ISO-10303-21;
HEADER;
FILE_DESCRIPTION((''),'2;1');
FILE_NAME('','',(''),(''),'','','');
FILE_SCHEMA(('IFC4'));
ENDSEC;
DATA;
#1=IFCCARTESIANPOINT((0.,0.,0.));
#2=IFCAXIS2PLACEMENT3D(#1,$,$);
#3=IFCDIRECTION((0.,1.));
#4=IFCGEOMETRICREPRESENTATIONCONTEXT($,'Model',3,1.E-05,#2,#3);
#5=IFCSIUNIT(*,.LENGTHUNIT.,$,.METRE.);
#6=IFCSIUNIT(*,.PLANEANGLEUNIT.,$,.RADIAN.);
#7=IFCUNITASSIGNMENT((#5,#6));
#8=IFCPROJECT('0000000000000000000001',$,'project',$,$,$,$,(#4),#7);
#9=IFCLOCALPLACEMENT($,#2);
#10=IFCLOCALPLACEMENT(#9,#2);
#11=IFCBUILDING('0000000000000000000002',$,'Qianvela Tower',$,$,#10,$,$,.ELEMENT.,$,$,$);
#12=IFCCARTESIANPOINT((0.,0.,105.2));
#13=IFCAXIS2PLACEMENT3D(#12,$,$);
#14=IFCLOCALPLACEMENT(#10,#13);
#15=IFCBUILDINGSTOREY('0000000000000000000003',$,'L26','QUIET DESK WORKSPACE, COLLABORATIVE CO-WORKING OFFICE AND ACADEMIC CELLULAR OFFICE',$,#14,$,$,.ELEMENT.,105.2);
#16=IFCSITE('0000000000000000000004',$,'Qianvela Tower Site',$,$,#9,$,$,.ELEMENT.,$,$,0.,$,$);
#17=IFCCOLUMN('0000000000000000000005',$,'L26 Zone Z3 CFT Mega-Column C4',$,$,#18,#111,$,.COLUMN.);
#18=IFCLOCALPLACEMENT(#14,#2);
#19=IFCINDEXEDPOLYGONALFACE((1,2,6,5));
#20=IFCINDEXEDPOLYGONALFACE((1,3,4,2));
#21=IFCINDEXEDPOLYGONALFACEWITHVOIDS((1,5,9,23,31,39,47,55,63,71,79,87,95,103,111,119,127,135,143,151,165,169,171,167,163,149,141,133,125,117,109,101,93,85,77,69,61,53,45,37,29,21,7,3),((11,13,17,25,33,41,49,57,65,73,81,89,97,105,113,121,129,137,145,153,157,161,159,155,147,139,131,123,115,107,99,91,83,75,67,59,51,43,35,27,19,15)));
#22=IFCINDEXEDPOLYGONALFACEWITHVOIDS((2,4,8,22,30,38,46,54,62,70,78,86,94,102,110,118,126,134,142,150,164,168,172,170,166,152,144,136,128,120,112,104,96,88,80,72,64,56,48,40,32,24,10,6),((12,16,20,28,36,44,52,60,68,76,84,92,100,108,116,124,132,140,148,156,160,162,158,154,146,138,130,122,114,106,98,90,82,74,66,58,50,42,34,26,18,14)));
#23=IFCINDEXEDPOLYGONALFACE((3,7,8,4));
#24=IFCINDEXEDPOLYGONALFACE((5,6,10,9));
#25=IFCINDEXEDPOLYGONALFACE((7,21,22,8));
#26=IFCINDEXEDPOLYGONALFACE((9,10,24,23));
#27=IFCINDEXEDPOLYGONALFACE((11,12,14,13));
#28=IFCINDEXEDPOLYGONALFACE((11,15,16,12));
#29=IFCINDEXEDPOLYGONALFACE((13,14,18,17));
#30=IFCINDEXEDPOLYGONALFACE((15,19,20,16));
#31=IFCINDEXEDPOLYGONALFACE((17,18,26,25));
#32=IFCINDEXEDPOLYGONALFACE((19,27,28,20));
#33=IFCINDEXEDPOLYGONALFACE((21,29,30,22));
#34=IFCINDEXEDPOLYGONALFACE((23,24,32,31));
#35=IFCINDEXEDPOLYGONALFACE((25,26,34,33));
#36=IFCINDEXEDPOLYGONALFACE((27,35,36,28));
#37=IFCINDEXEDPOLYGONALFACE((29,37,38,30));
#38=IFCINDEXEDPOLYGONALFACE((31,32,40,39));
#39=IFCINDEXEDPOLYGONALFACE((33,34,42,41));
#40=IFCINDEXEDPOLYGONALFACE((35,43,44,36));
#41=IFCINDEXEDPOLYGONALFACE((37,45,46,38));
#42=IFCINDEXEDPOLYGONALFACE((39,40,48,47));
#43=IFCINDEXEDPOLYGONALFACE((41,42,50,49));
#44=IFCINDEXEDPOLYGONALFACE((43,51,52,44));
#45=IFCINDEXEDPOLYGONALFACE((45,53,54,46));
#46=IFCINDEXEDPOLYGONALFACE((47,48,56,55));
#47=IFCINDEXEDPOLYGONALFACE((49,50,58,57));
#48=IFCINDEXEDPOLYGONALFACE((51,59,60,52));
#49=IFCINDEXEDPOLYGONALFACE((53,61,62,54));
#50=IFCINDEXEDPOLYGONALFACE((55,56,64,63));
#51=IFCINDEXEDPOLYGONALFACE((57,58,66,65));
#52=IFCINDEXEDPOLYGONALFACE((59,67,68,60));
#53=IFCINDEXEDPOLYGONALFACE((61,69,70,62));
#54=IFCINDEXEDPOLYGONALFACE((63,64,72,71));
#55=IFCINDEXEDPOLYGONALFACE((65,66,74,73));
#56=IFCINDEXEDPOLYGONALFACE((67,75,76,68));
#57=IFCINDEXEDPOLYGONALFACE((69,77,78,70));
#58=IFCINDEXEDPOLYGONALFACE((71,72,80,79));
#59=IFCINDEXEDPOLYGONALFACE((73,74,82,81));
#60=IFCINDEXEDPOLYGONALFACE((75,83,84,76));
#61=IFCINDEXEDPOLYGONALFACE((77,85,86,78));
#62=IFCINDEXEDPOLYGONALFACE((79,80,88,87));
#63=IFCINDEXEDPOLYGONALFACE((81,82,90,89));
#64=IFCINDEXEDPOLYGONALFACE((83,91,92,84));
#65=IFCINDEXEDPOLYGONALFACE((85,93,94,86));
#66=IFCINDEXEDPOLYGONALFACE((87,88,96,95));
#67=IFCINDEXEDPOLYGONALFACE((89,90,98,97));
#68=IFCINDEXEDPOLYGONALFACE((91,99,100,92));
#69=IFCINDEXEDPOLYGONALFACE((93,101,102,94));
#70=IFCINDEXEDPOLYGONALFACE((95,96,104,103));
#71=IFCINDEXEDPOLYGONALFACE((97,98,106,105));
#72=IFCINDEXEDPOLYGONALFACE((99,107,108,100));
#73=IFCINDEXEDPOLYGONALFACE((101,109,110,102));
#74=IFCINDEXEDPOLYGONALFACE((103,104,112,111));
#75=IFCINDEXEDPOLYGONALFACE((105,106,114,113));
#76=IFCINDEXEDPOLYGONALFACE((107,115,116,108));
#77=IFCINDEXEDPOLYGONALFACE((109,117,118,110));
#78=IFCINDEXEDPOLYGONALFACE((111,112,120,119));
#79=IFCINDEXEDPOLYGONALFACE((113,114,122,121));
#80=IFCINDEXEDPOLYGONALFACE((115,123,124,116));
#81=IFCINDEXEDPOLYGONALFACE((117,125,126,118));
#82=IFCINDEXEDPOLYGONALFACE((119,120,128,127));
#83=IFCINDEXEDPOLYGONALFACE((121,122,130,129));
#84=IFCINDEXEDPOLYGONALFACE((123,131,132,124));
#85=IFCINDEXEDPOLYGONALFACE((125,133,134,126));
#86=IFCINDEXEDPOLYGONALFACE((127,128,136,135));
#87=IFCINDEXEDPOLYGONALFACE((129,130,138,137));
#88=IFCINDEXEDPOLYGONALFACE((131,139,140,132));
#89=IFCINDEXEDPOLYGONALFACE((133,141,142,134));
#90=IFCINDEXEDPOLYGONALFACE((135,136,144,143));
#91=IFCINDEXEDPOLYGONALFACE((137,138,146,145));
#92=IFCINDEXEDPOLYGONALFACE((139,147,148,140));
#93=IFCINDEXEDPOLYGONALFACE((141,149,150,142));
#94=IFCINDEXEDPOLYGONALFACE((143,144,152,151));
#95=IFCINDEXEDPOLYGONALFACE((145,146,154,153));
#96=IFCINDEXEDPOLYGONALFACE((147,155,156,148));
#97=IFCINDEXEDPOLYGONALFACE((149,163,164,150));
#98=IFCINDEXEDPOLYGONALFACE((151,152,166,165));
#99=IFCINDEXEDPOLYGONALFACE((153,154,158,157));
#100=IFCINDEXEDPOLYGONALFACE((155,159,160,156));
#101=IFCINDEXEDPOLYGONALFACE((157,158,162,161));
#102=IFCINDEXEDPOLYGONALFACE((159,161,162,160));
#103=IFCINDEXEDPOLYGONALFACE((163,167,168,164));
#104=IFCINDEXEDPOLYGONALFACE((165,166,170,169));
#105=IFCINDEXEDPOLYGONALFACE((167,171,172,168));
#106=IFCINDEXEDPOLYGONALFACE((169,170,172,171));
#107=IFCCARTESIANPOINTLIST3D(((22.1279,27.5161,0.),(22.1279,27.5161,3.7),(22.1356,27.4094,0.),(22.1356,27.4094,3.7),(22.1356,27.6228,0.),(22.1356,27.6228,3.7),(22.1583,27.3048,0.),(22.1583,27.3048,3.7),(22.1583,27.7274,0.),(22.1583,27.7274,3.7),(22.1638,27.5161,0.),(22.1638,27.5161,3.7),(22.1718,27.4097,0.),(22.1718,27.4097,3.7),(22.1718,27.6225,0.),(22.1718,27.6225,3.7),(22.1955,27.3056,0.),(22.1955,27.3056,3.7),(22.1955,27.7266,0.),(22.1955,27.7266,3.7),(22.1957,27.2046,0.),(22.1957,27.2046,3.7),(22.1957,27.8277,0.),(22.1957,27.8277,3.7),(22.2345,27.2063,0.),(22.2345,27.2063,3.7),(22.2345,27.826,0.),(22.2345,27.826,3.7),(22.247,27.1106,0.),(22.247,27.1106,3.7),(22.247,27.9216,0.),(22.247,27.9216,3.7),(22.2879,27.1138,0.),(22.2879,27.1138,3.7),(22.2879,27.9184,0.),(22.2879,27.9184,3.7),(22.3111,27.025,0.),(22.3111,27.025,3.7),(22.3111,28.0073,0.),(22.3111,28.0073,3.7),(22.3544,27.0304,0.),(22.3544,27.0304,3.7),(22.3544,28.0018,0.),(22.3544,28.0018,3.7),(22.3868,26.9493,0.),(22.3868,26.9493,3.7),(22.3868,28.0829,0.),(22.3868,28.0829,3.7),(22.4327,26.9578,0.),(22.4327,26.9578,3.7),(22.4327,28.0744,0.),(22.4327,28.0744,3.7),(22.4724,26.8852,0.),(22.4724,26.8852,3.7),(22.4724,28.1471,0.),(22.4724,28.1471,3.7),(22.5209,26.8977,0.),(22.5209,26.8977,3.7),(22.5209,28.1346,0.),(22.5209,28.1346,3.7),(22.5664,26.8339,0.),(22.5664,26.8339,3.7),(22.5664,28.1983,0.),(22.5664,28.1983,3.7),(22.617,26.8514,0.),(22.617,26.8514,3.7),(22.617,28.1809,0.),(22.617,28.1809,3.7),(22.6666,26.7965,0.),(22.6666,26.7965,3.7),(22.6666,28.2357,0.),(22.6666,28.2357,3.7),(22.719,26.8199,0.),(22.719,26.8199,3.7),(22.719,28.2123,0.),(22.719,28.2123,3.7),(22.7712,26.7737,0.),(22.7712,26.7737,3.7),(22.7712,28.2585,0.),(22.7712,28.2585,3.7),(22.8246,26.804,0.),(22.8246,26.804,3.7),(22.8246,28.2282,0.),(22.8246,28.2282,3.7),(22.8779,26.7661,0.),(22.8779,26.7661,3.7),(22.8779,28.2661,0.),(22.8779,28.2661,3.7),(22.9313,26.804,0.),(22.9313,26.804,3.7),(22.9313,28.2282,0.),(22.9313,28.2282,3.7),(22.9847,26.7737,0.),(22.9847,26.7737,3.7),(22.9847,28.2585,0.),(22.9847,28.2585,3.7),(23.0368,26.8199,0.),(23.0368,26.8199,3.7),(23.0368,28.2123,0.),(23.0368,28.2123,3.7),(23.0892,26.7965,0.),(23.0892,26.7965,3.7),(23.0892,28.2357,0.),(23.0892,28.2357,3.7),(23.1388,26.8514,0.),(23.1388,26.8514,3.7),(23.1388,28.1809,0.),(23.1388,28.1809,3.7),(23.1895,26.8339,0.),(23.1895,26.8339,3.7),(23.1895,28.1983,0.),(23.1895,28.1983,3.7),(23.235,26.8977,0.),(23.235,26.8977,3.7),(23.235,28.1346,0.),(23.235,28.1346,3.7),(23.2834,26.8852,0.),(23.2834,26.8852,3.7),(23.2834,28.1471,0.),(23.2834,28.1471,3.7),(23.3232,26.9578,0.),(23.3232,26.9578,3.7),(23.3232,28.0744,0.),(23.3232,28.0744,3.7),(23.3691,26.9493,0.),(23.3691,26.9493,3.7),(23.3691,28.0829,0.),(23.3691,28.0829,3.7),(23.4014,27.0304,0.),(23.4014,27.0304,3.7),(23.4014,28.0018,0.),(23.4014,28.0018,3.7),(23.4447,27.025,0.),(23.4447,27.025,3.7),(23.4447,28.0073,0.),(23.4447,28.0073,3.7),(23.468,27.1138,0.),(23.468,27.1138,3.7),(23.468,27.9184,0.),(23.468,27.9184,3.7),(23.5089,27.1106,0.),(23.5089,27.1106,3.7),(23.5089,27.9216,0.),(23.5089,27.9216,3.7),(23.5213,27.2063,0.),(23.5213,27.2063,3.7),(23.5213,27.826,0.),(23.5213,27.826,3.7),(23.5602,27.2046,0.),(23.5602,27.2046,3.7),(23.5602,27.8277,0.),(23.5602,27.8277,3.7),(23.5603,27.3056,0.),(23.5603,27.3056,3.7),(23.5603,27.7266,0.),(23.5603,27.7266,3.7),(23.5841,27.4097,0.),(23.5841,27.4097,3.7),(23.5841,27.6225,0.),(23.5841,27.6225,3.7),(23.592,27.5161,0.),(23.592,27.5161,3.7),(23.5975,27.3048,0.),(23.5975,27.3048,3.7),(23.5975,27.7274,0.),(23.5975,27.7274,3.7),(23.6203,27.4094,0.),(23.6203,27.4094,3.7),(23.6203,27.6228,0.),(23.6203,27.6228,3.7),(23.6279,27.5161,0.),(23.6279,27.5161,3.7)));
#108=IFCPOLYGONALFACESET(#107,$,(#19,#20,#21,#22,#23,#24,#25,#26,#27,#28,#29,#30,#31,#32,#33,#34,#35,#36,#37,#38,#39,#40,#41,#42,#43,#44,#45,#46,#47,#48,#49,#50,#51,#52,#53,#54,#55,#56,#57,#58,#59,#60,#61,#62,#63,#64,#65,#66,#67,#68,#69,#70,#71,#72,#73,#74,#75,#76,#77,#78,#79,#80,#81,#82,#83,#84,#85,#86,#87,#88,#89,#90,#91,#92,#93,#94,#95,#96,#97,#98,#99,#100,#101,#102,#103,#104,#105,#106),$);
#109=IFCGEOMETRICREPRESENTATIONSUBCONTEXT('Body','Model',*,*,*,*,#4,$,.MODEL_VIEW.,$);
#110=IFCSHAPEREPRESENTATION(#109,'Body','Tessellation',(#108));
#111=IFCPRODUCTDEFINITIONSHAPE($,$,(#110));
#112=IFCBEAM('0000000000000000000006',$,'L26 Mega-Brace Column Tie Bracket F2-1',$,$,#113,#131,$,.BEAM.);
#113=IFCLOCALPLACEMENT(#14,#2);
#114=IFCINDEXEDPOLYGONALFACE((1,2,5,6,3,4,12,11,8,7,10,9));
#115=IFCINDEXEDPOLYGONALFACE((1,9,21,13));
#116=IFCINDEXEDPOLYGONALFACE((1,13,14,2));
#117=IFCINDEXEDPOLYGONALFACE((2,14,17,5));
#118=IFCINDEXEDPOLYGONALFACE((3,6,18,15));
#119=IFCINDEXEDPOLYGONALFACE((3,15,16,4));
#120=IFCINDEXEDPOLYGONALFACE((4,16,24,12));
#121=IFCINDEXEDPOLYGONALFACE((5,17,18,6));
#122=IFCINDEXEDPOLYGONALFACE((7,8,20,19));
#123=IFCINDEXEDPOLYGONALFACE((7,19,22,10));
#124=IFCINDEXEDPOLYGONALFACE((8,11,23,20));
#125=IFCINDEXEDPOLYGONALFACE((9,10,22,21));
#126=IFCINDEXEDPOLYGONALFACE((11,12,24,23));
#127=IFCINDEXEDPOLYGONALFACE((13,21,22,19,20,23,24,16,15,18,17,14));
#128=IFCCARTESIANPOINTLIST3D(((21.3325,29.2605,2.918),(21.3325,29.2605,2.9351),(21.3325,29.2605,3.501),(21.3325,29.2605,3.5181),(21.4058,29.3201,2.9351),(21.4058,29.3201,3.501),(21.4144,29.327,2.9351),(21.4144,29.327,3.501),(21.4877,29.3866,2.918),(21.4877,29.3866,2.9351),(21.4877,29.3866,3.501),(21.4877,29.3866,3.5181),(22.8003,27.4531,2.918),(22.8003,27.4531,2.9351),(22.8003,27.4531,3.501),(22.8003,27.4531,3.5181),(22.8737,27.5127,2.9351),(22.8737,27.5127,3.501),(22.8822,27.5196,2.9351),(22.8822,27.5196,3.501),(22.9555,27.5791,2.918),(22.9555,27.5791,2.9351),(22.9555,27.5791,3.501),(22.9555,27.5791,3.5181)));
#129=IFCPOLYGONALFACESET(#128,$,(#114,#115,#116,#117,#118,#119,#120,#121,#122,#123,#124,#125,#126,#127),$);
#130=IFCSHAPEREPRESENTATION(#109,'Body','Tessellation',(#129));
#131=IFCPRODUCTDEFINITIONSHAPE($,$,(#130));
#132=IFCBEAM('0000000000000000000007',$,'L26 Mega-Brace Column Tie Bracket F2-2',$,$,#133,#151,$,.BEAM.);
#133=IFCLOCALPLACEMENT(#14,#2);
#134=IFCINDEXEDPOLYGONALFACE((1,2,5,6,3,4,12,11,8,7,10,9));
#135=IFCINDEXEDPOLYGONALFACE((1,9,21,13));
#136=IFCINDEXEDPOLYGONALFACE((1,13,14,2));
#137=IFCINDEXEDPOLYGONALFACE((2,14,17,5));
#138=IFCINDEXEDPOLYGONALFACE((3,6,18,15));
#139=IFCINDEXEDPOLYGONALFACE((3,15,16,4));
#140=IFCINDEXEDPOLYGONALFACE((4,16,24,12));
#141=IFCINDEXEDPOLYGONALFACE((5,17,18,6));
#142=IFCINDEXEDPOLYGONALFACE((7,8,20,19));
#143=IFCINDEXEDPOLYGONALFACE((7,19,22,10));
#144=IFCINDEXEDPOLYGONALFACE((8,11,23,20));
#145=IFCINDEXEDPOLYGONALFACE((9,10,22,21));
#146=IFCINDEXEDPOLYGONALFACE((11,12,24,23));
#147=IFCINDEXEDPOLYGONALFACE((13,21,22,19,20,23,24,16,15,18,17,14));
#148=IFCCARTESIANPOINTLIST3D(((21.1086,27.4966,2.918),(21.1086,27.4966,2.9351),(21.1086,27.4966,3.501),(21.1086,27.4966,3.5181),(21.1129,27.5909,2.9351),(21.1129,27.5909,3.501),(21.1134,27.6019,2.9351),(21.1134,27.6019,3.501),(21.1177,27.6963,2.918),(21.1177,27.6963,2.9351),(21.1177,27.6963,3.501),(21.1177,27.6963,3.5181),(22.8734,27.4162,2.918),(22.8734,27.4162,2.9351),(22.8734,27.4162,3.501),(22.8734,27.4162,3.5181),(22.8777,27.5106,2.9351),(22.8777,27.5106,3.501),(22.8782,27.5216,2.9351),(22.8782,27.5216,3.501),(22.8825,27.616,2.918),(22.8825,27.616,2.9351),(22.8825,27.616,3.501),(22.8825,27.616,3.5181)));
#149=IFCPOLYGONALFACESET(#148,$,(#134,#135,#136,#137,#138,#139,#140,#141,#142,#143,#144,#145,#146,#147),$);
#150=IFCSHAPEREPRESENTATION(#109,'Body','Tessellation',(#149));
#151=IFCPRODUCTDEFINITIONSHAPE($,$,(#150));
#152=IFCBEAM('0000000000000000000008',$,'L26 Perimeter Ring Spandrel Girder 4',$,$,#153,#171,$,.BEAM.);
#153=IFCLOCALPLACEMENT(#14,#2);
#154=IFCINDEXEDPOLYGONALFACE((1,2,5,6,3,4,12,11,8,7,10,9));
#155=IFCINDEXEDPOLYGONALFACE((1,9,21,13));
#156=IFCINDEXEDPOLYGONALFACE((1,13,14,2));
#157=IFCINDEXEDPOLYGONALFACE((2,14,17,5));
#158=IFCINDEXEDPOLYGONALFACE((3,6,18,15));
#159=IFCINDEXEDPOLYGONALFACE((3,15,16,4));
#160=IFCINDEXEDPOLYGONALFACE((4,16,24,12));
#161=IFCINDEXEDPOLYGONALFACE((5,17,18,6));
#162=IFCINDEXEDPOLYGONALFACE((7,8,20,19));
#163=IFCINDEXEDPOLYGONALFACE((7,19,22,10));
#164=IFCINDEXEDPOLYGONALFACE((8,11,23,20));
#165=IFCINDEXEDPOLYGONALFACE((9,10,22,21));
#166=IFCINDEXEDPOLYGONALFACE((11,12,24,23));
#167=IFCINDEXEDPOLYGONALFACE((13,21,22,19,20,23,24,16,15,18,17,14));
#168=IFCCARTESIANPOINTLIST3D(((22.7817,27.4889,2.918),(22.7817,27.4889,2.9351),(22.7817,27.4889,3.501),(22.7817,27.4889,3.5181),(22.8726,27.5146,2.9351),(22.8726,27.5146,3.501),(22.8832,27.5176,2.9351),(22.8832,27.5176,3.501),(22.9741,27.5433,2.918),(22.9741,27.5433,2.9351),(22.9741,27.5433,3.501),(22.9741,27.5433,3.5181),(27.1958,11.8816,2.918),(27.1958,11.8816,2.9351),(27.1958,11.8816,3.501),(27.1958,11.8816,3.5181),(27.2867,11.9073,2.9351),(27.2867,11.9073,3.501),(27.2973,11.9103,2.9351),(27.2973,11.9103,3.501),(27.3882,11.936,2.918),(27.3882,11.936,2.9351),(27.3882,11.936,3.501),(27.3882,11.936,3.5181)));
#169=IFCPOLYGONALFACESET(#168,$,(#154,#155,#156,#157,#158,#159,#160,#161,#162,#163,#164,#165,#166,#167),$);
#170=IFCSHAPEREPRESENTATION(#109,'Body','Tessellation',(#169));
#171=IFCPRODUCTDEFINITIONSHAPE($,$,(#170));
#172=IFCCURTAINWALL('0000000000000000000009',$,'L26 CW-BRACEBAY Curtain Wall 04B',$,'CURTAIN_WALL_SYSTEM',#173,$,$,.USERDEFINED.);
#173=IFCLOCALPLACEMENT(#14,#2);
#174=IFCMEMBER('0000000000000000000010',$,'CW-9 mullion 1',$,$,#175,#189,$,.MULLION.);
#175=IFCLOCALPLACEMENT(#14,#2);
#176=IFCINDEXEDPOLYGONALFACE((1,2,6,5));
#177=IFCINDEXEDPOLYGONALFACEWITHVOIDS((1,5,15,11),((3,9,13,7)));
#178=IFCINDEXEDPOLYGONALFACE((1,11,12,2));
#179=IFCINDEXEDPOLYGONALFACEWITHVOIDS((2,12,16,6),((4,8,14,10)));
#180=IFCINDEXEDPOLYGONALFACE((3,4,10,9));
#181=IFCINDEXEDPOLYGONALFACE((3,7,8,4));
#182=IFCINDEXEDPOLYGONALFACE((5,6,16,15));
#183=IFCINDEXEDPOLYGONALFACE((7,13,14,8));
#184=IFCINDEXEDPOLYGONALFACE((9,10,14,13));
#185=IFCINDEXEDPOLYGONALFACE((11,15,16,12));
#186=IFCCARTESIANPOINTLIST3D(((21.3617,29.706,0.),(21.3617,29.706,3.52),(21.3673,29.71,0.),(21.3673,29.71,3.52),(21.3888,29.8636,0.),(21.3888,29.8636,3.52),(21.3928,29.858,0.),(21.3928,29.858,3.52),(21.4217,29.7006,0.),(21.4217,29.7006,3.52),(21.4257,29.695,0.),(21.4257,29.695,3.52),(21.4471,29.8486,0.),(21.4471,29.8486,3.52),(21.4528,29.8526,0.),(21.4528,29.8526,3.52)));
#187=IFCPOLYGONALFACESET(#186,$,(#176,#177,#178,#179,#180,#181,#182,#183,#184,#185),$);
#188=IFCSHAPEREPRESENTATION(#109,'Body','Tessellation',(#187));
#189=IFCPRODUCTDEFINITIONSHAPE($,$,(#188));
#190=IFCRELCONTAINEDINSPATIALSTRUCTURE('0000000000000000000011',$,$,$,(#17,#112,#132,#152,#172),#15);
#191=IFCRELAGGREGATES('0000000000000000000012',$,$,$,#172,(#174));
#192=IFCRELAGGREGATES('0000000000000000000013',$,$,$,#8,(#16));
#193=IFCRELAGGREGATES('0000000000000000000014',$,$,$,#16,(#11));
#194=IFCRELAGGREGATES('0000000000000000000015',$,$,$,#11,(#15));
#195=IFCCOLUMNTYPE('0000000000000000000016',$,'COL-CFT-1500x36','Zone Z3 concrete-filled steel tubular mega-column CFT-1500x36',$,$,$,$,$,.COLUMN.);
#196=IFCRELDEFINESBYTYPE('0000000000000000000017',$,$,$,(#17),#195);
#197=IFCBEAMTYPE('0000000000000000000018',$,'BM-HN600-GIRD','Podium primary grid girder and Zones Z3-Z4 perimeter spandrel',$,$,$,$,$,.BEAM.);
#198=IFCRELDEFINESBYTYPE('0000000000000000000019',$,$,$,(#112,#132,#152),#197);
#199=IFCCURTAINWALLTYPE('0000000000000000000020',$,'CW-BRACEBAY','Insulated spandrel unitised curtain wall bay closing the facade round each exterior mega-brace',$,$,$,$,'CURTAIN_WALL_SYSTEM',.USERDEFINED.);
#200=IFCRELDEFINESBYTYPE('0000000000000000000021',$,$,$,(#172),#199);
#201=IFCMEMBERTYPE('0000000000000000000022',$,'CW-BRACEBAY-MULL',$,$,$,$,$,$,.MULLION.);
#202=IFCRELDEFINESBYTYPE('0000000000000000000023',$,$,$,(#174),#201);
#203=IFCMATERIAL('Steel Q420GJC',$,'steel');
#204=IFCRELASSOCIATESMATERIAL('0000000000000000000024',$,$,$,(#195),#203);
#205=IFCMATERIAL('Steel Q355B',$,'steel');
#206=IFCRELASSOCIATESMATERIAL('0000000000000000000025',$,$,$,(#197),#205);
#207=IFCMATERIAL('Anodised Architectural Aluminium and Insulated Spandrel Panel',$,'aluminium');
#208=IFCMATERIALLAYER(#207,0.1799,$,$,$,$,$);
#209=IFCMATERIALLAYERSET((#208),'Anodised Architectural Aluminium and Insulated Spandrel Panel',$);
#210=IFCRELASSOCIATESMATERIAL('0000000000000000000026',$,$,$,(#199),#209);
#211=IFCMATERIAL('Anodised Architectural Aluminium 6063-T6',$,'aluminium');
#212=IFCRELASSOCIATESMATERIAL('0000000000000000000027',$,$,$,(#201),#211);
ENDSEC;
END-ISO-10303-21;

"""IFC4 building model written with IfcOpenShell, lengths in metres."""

from ifc_helpers import new_model, si_unit, direction, frame, origin, origin_2d, place, context, subcontext, project, spatial, hollow_rectangle, hollow_circle, i_section, extrude, material, layer, layer_set, material_profile, profile_set, type_object, element, aggregate, save


model = new_model("IFC4")

# Units and contexts
model_context = context("Model", 3, precision=1e-05, world=origin(), true_north=direction((0.0, 1.0)))
body_context = subcontext(model_context, "Body", "Model", "MODEL_VIEW")
ifc_project = project(units=[si_unit("LENGTHUNIT", "METRE"), si_unit("PLANEANGLEUNIT", "RADIAN")], contexts=[model_context])

# Site, building, storey
site_placement = place(None, origin())
site = spatial("IfcSite", under=ifc_project, at=site_placement, Name="Qianvela Tower Site", CompositionType="ELEMENT", RefElevation=0.0)
building_placement = place(site_placement, origin())
building = spatial("IfcBuilding", under=site, at=building_placement, Name="Qianvela Tower", CompositionType="ELEMENT")
storey_placement = place(building_placement, frame((0.0, 0.0, 105.2)))
storey = spatial("IfcBuildingStorey", under=building, at=storey_placement, Name="L26", Description="QUIET DESK WORKSPACE, COLLABORATIVE CO-WORKING OFFICE AND ACADEMIC CELLULAR OFFICE", CompositionType="ELEMENT", Elevation=105.2)

# Column
ifc_material_1 = material(Name="Steel Q420GJC", Category="steel")
ifc_material_profile_1 = material_profile(ifc_material_1, hollow_circle(Radius=0.75, WallThickness=0.0359, at=origin_2d()), Name="CFT-1500x36")
ifc_profile_set_1 = profile_set([ifc_material_profile_1], Name="Steel Q420GJC")
column_type = type_object("IfcColumnType", Name="COL-CFT-1500x36", Description="Zone Z3 concrete-filled steel tubular mega-column CFT-1500x36", PredefinedType="COLUMN", material=ifc_profile_set_1)
column_placement = place(storey_placement, frame((22.8779, 27.5161, 0.0), z_axis=(0.0, 0.0, 1.0), x_axis=(1.0, 0.0, 0.0)))
element("IfcColumn", 1, at=column_placement, inside=storey, type_object=column_type, Name="L26 Zone Z3 CFT Mega-Column C4", PredefinedType="COLUMN", context=body_context, shape_type="SweptSolid", body=[
    extrude(hollow_circle(Radius=0.75, WallThickness=0.0359, at=origin_2d()), origin(), (0.0, 0.0, 1.0), 3.7),
])

# Beams
ifc_material_2 = material(Name="Steel Q355B", Category="steel")
ifc_material_profile_2 = material_profile(ifc_material_2, i_section(OverallWidth=0.2, OverallDepth=0.6001, WebThickness=0.011, FlangeThickness=0.0171, at=origin_2d()), Name="HN600x200x11x17")
ifc_profile_set_2 = profile_set([ifc_material_profile_2], Name="Steel Q355B")
beam_type = type_object("IfcBeamType", Name="BM-HN600-GIRD", Description="Podium primary grid girder and Zones Z3-Z4 perimeter spandrel", PredefinedType="BEAM", material=ifc_profile_set_2)
beam_1_placement = place(storey_placement, frame((22.8779, 27.5161, 3.218), z_axis=(-0.630407, 0.776265, 0.0), x_axis=(-0.776265, -0.630407, 0.0)))
element("IfcBeam", 2, at=beam_1_placement, inside=storey, type_object=beam_type, Name="L26 Mega-Brace Column Tie Bracket F2-1", PredefinedType="BEAM", context=body_context, shape_type="SweptSolid", body=[
    extrude(i_section(OverallWidth=0.2, OverallDepth=0.6001, WebThickness=0.011, FlangeThickness=0.0171, at=origin_2d()), origin(), (0.0, 0.0, 1.0), 2.3284),
])
beam_2_placement = place(storey_placement, frame((22.8779, 27.5161, 3.218), z_axis=(-0.998966, 0.045464, 0.0), x_axis=(-0.045464, -0.998966, 0.0)))
element("IfcBeam", 3, at=beam_2_placement, inside=storey, type_object=beam_type, Name="L26 Mega-Brace Column Tie Bracket F2-2", PredefinedType="BEAM", context=body_context, shape_type="SweptSolid", body=[
    extrude(i_section(OverallWidth=0.2, OverallDepth=0.6001, WebThickness=0.011, FlangeThickness=0.0171, at=origin_2d()), origin(), (0.0, 0.0, 1.0), 1.7666),
])
beam_3_placement = place(storey_placement, frame((22.8779, 27.5161, 3.218), z_axis=(0.272148, -0.962256, 0.0), x_axis=(0.962256, 0.272148, 0.0)))
element("IfcBeam", 4, at=beam_3_placement, inside=storey, type_object=beam_type, Name="L26 Perimeter Ring Spandrel Girder 4", PredefinedType="BEAM", context=body_context, shape_type="SweptSolid", body=[
    extrude(i_section(OverallWidth=0.2, OverallDepth=0.6001, WebThickness=0.011, FlangeThickness=0.0171, at=origin_2d()), origin(), (0.0, 0.0, 1.0), 16.2195),
])

# Curtain wall, member
ifc_material_3 = material(Name="Anodised Architectural Aluminium and Insulated Spandrel Panel", Category="aluminium")
ifc_layer_1 = layer(ifc_material_3, 0.1799)
ifc_layer_set_1 = layer_set([ifc_layer_1], Name="Anodised Architectural Aluminium and Insulated Spandrel Panel")
curtain_wall_type_1 = type_object("IfcCurtainWallType", Name="CW-BRACEBAY", Description="Insulated spandrel unitised curtain wall bay closing the facade round each exterior mega-brace", ElementType="CURTAIN_WALL_SYSTEM", PredefinedType="USERDEFINED", material=ifc_layer_set_1)
curtain_wall_1_placement = place(storey_placement, origin())
curtain_wall_1 = element("IfcCurtainWall", 5, at=curtain_wall_1_placement, inside=storey, type_object=curtain_wall_type_1, Name="L26 CW-BRACEBAY Curtain Wall 04B", ObjectType="CURTAIN_WALL_SYSTEM", PredefinedType="USERDEFINED")
ifc_material_4 = material(Name="Anodised Architectural Aluminium 6063-T6", Category="aluminium")
ifc_material_profile_3 = material_profile(ifc_material_4, hollow_rectangle(XDim=0.0649, YDim=0.1599, WallThickness=0.0049, at=origin_2d()), Name="ALU-MULL-65x160")
ifc_profile_set_3 = profile_set([ifc_material_profile_3], Name="Anodised Architectural Aluminium 6063-T6")
member_type_1 = type_object("IfcMemberType", Name="CW-BRACEBAY-MULL", PredefinedType="MULLION", material=ifc_profile_set_3)
member_1_placement = place(storey_placement, frame((21.4072, 29.7793, 0.0), z_axis=(0.0, 0.0, 1.0), x_axis=(0.985528, -0.169512, 0.0)))
member_1 = element("IfcMember", 6, at=member_1_placement, type_object=member_type_1, Name="CW-9 mullion 1", PredefinedType="MULLION", context=body_context, shape_type="SweptSolid", body=[
    extrude(hollow_rectangle(XDim=0.0649, YDim=0.1599, WallThickness=0.0049, at=origin_2d()), origin(), (0.0, 0.0, 1.0), 3.52),
])

aggregate(curtain_wall_1, [member_1])

save(model, "model.ifc")
